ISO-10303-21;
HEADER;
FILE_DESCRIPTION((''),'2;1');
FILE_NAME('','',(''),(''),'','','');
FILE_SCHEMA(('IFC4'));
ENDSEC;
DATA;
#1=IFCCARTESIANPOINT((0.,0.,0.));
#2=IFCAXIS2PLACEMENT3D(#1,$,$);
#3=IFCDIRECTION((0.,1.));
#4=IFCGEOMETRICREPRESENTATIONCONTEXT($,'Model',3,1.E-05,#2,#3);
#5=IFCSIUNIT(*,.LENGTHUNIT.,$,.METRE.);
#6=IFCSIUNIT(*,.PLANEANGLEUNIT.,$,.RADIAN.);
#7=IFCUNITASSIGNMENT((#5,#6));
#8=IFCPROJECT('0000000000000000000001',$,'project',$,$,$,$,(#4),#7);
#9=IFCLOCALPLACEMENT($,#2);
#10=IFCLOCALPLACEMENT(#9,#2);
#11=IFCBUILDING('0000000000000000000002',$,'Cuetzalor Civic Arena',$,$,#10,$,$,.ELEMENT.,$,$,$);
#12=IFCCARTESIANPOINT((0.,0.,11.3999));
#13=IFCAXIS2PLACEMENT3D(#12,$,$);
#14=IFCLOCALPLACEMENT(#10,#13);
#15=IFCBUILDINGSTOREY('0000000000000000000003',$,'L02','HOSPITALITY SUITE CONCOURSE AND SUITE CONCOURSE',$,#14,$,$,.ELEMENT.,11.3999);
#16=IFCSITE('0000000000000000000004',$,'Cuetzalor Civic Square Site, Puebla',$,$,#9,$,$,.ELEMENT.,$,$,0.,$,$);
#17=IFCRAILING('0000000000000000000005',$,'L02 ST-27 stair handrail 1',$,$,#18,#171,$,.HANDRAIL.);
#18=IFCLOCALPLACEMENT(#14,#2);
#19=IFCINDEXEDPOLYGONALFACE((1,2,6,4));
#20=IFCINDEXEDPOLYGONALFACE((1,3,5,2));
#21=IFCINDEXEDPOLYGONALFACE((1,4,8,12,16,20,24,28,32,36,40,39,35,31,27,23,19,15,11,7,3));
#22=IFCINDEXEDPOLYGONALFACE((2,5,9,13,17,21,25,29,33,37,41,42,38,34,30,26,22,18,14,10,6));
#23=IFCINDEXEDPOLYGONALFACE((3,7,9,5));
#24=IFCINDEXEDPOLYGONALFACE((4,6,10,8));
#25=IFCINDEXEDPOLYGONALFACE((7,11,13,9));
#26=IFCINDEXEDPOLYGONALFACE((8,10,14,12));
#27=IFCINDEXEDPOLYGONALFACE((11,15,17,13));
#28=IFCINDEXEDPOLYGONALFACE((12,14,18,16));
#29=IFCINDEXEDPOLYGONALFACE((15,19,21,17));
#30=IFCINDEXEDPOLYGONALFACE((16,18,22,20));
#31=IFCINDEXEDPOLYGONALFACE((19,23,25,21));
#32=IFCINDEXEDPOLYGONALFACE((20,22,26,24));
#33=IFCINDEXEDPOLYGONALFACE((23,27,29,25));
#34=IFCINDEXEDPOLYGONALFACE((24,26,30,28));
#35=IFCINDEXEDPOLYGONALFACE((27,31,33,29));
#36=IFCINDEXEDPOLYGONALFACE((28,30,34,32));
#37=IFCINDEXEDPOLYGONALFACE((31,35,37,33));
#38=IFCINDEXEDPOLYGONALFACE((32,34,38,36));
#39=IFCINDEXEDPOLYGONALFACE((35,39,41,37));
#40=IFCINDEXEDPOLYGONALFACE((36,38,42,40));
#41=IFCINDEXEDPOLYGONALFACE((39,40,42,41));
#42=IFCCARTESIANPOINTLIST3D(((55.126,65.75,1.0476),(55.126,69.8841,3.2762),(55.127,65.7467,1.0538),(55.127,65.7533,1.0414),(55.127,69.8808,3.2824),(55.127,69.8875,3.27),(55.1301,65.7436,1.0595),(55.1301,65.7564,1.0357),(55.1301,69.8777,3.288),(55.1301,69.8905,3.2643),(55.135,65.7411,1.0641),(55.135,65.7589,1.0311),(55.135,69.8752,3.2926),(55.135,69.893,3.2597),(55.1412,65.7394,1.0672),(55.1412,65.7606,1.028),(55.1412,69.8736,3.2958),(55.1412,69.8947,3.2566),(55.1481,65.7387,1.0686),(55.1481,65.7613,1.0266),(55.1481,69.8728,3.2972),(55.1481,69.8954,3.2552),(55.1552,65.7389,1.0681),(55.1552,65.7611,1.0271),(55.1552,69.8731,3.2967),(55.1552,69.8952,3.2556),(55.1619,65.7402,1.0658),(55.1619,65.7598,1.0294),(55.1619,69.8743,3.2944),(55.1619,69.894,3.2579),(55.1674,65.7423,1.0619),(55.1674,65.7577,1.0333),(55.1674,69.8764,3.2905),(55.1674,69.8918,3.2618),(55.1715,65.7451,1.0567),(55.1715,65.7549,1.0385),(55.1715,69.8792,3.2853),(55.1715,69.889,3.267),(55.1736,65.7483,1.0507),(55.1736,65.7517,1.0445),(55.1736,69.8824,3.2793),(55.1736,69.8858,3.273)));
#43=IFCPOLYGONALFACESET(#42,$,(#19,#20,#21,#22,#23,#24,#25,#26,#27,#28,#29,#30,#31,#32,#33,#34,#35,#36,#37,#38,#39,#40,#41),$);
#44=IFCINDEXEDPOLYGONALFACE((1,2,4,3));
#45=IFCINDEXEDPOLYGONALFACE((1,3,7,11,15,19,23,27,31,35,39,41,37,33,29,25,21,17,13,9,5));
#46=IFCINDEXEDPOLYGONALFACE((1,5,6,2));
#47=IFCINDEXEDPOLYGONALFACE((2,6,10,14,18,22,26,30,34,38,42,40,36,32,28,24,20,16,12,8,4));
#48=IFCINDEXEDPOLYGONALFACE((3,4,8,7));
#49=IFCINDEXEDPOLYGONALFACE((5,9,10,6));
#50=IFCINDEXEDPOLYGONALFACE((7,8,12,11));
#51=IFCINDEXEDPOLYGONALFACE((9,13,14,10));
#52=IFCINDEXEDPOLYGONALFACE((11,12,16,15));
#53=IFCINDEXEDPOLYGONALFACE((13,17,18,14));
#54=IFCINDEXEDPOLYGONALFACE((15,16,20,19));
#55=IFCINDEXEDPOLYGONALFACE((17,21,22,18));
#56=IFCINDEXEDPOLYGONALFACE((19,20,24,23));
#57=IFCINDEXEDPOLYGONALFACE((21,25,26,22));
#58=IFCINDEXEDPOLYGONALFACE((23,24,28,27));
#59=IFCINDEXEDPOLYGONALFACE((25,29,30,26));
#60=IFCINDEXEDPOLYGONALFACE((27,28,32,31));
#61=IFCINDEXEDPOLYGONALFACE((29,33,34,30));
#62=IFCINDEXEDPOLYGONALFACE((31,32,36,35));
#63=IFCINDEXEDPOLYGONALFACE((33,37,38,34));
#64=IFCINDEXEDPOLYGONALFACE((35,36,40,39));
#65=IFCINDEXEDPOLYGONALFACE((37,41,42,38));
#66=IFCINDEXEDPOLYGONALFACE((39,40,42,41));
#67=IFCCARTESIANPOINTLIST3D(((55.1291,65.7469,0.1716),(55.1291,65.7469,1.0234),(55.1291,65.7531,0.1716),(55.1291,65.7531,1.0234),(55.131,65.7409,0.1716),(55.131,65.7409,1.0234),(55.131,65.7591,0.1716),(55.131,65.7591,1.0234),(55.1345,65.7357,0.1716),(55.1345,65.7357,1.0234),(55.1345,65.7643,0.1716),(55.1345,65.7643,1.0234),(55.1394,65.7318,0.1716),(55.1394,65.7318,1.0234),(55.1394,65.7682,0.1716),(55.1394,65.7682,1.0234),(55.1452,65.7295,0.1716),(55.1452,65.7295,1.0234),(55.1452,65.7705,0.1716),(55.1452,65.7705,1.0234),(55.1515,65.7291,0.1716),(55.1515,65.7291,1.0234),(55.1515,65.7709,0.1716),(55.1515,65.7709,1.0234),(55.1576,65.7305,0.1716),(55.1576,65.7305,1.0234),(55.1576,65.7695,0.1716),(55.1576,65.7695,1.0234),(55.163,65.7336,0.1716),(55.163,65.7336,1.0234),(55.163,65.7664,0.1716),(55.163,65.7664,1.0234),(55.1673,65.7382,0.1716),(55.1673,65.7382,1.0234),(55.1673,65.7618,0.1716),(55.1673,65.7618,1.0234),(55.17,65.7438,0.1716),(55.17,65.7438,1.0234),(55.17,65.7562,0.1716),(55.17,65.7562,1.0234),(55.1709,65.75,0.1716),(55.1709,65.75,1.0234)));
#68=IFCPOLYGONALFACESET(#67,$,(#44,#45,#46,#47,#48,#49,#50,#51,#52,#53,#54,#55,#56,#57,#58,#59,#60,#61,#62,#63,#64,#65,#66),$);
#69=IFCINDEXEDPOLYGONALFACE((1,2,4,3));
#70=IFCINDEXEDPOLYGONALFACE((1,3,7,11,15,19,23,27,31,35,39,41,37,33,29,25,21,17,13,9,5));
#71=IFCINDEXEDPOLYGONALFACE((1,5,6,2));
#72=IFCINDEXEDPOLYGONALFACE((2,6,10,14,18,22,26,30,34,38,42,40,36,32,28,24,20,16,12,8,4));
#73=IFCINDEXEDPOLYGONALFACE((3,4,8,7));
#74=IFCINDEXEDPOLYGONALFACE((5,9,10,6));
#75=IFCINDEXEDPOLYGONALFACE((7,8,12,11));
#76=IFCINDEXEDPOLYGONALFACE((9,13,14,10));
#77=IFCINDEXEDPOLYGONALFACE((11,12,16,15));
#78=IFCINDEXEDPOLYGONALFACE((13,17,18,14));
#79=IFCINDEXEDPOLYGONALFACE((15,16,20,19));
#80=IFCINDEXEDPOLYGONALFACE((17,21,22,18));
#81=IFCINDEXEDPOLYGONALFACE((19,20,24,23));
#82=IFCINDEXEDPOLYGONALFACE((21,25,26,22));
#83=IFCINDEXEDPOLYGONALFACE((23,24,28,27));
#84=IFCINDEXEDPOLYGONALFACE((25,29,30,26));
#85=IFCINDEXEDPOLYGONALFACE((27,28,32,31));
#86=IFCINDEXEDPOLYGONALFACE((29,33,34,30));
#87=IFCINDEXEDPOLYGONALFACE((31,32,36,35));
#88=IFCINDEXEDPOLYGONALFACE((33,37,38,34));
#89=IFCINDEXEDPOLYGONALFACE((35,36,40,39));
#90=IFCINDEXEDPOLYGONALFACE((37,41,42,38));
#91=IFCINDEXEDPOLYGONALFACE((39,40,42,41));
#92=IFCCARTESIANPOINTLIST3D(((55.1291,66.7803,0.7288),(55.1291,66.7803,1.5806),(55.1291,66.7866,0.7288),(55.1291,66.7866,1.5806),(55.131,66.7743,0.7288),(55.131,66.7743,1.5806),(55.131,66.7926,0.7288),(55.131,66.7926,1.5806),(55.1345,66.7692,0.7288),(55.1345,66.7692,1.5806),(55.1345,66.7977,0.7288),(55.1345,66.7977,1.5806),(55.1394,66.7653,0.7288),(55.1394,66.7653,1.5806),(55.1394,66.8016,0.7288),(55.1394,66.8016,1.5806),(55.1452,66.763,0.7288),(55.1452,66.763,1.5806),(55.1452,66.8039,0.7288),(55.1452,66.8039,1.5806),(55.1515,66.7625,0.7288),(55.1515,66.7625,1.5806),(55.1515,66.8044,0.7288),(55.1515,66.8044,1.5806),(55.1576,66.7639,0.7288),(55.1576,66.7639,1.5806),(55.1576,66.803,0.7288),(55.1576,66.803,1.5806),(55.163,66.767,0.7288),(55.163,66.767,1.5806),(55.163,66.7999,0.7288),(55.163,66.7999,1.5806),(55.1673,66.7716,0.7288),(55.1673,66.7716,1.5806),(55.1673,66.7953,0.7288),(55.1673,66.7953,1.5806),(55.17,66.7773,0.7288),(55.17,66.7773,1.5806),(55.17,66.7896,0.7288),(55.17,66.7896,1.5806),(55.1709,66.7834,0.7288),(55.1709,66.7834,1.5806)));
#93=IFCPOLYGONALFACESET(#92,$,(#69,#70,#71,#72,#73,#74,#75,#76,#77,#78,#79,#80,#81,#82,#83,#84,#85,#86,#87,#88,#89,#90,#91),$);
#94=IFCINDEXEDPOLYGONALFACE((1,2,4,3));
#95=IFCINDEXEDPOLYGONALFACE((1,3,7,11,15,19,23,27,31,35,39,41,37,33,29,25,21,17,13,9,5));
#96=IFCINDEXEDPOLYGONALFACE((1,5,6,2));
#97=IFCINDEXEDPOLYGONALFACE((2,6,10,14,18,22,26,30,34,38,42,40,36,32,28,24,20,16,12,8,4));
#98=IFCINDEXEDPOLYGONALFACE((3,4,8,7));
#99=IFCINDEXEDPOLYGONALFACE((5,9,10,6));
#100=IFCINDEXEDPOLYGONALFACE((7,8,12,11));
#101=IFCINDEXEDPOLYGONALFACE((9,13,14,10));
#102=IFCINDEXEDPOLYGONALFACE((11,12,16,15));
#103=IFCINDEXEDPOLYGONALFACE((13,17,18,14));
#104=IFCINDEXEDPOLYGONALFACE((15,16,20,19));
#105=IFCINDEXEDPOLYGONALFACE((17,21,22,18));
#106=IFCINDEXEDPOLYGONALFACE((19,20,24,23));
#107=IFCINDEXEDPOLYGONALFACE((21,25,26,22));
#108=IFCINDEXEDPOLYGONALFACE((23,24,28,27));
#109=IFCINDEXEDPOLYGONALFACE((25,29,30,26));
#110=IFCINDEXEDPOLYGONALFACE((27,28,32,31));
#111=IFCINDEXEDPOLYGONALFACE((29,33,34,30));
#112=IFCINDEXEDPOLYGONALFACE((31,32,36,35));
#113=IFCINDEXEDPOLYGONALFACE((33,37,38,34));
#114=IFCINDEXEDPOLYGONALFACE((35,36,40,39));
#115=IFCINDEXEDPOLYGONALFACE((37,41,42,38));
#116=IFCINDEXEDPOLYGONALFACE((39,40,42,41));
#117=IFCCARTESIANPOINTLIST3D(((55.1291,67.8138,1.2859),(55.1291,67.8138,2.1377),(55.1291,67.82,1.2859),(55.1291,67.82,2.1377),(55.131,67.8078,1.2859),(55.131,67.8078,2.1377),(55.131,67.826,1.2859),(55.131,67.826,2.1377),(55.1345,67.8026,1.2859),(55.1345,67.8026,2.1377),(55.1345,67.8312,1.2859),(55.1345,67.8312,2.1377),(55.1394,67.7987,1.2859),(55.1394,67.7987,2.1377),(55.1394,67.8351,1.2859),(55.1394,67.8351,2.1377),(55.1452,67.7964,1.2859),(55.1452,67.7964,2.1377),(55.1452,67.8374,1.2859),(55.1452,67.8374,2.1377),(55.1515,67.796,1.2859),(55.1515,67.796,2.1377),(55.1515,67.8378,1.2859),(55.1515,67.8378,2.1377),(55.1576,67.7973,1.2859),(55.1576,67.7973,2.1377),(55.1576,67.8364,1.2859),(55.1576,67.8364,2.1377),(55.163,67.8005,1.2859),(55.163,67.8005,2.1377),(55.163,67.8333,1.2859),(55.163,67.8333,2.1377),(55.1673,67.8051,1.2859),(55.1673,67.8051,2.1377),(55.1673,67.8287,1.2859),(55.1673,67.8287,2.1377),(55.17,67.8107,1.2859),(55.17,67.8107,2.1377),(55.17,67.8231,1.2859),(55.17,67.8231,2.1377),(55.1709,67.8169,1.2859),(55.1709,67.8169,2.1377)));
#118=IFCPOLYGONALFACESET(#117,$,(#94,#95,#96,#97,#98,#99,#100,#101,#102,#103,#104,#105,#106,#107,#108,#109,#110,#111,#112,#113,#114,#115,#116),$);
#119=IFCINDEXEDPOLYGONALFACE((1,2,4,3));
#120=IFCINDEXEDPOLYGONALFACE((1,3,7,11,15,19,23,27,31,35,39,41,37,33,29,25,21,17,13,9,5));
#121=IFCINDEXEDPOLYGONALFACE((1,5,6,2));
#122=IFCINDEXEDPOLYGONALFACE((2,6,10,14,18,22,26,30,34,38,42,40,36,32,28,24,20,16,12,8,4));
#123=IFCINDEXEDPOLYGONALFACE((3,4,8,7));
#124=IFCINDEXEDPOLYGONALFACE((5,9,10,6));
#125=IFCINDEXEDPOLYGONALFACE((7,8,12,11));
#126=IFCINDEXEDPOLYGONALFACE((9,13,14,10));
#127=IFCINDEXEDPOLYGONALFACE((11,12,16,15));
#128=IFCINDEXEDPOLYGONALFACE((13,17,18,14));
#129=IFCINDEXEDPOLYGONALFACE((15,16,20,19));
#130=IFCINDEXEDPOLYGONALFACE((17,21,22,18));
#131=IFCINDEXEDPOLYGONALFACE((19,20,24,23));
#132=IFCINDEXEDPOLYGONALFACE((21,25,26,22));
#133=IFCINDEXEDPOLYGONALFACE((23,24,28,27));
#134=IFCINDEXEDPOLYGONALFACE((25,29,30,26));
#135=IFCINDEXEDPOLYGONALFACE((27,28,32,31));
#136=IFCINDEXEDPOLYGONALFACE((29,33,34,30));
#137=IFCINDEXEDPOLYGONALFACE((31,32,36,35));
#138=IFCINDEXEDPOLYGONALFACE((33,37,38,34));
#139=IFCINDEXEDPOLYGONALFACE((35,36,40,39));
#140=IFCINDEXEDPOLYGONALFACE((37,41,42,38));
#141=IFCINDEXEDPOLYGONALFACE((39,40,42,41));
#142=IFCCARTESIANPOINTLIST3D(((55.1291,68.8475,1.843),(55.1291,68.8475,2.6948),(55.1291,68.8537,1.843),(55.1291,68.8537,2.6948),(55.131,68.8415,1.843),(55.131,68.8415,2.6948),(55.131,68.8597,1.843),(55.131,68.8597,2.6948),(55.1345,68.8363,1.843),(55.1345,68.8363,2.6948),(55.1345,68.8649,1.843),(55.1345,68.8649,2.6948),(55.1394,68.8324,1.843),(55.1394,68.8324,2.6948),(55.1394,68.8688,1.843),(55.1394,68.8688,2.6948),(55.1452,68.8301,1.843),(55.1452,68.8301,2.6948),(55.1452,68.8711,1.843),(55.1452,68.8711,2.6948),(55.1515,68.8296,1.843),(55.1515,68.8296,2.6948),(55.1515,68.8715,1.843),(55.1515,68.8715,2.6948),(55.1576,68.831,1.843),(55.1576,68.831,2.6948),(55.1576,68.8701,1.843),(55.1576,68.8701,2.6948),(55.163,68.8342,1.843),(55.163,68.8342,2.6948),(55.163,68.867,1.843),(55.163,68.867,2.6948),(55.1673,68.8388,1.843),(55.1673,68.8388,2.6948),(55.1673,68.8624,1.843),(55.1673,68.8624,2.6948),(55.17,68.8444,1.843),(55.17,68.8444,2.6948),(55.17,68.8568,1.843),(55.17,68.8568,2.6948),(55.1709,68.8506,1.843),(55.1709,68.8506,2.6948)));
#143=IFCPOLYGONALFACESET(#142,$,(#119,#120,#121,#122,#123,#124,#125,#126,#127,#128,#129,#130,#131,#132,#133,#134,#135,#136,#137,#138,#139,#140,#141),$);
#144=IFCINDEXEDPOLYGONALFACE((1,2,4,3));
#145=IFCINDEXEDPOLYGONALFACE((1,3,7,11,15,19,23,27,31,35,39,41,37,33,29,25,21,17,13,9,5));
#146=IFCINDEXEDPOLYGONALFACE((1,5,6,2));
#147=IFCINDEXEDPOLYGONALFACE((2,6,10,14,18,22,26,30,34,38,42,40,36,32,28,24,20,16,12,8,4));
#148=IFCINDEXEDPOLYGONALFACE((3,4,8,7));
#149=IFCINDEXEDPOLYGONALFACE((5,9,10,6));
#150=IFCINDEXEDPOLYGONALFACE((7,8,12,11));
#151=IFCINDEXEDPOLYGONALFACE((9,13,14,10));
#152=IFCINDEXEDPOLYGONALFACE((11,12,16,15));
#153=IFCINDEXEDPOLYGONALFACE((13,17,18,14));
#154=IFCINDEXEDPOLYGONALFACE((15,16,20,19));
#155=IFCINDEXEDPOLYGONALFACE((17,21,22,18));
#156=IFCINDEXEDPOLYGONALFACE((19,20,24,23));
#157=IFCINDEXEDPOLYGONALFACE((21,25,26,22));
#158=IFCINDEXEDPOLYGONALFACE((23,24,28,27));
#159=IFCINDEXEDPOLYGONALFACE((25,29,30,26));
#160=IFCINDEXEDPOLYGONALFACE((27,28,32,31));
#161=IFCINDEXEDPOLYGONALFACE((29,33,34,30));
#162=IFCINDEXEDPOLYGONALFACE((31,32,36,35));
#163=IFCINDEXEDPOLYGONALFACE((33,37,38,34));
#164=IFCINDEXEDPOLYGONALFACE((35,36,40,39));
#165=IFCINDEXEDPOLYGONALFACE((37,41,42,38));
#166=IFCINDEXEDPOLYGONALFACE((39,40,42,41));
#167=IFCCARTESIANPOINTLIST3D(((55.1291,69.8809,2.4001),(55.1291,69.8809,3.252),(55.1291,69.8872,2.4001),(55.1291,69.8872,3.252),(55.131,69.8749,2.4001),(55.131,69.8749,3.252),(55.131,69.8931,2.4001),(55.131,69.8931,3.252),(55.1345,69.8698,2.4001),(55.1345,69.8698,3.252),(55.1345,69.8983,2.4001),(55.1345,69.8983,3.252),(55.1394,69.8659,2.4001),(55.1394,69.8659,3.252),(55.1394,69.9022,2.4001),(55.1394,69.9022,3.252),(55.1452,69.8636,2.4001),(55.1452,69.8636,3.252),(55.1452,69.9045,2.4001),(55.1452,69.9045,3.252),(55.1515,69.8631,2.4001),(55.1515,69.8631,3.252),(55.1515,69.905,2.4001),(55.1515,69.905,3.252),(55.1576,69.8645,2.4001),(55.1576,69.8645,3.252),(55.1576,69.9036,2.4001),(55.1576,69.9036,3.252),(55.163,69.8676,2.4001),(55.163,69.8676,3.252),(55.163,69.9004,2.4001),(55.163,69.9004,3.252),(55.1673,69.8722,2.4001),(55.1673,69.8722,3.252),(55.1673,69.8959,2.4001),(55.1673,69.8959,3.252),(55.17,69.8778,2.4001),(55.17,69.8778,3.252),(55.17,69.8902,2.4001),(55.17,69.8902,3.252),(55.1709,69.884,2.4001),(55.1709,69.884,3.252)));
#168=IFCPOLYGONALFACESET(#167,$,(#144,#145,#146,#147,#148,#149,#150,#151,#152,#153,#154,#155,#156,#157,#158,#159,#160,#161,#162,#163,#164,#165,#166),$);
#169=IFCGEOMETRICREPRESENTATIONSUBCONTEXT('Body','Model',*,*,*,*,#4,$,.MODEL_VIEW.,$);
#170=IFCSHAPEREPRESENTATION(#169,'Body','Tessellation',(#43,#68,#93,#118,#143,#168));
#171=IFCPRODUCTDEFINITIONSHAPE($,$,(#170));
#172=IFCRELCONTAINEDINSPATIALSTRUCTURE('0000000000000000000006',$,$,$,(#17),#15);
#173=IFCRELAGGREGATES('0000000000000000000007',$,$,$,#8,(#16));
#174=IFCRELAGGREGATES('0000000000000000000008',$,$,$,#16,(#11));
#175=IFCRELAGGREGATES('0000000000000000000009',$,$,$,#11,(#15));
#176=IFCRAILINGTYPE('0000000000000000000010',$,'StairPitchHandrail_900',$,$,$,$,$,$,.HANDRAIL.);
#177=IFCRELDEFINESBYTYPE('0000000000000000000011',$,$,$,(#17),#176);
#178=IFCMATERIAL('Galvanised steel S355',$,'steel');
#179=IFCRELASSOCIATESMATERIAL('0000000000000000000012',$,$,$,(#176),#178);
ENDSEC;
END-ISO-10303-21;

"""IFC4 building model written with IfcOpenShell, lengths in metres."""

from ifc_helpers import new_model, si_unit, direction, frame, origin, origin_2d, place, context, subcontext, project, spatial, circle, extrude, material, type_object, element, save


model = new_model("IFC4")

# Units and contexts
model_context = context("Model", 3, precision=1e-05, world=origin(), true_north=direction((0.0, 1.0)))
body_context = subcontext(model_context, "Body", "Model", "MODEL_VIEW")
ifc_project = project(units=[si_unit("LENGTHUNIT", "METRE"), si_unit("PLANEANGLEUNIT", "RADIAN")], contexts=[model_context])

# Site, building, storey
site_placement = place(None, origin())
site = spatial("IfcSite", under=ifc_project, at=site_placement, Name="Cuetzalor Civic Square Site, Puebla", CompositionType="ELEMENT", RefElevation=0.0)
building_placement = place(site_placement, origin())
building = spatial("IfcBuilding", under=site, at=building_placement, Name="Cuetzalor Civic Arena", CompositionType="ELEMENT")
storey_placement = place(building_placement, frame((0.0, 0.0, 11.3999)))
storey = spatial("IfcBuildingStorey", under=building, at=storey_placement, Name="L02", Description="HOSPITALITY SUITE CONCOURSE AND SUITE CONCOURSE", CompositionType="ELEMENT", Elevation=11.3999)

# Railing
ifc_material_1 = material(Name="Galvanised steel S355", Category="steel")
railing_type_1 = type_object("IfcRailingType", Name="StairPitchHandrail_900", PredefinedType="HANDRAIL", material=ifc_material_1)
railing_1_placement = place(storey_placement, frame((55.1499, 65.75, 0.1716)))
element("IfcRailing", 1, at=railing_1_placement, inside=storey, type_object=railing_type_1, Name="L02 ST-27 stair handrail 1", PredefinedType="HANDRAIL", context=body_context, shape_type="SweptSolid", body=[
    extrude(circle(Radius=0.0239, at=origin_2d()), frame((0.0, 0.0, 0.876), z_axis=(0.0, 0.880249, 0.474512), x_axis=(-1.0, 0.0, 0.0)), (0.0, 0.0, 1.0), 4.6965),
    extrude(circle(Radius=0.021, at=origin_2d()), origin(), (0.0, 0.0, 1.0), 0.8518),
    extrude(circle(Radius=0.021, at=origin_2d()), frame((0.0, 1.0334, 0.5571)), (0.0, 0.0, 1.0), 0.8518),
    extrude(circle(Radius=0.021, at=origin_2d()), frame((0.0, 2.0669, 1.1143)), (0.0, 0.0, 1.0), 0.8518),
    extrude(circle(Radius=0.021, at=origin_2d()), frame((0.0, 3.1006, 1.6714)), (0.0, 0.0, 1.0), 0.8518),
    extrude(circle(Radius=0.021, at=origin_2d()), frame((0.0, 4.134, 2.2285)), (0.0, 0.0, 1.0), 0.8518),
])

save(model, "model.ifc")
